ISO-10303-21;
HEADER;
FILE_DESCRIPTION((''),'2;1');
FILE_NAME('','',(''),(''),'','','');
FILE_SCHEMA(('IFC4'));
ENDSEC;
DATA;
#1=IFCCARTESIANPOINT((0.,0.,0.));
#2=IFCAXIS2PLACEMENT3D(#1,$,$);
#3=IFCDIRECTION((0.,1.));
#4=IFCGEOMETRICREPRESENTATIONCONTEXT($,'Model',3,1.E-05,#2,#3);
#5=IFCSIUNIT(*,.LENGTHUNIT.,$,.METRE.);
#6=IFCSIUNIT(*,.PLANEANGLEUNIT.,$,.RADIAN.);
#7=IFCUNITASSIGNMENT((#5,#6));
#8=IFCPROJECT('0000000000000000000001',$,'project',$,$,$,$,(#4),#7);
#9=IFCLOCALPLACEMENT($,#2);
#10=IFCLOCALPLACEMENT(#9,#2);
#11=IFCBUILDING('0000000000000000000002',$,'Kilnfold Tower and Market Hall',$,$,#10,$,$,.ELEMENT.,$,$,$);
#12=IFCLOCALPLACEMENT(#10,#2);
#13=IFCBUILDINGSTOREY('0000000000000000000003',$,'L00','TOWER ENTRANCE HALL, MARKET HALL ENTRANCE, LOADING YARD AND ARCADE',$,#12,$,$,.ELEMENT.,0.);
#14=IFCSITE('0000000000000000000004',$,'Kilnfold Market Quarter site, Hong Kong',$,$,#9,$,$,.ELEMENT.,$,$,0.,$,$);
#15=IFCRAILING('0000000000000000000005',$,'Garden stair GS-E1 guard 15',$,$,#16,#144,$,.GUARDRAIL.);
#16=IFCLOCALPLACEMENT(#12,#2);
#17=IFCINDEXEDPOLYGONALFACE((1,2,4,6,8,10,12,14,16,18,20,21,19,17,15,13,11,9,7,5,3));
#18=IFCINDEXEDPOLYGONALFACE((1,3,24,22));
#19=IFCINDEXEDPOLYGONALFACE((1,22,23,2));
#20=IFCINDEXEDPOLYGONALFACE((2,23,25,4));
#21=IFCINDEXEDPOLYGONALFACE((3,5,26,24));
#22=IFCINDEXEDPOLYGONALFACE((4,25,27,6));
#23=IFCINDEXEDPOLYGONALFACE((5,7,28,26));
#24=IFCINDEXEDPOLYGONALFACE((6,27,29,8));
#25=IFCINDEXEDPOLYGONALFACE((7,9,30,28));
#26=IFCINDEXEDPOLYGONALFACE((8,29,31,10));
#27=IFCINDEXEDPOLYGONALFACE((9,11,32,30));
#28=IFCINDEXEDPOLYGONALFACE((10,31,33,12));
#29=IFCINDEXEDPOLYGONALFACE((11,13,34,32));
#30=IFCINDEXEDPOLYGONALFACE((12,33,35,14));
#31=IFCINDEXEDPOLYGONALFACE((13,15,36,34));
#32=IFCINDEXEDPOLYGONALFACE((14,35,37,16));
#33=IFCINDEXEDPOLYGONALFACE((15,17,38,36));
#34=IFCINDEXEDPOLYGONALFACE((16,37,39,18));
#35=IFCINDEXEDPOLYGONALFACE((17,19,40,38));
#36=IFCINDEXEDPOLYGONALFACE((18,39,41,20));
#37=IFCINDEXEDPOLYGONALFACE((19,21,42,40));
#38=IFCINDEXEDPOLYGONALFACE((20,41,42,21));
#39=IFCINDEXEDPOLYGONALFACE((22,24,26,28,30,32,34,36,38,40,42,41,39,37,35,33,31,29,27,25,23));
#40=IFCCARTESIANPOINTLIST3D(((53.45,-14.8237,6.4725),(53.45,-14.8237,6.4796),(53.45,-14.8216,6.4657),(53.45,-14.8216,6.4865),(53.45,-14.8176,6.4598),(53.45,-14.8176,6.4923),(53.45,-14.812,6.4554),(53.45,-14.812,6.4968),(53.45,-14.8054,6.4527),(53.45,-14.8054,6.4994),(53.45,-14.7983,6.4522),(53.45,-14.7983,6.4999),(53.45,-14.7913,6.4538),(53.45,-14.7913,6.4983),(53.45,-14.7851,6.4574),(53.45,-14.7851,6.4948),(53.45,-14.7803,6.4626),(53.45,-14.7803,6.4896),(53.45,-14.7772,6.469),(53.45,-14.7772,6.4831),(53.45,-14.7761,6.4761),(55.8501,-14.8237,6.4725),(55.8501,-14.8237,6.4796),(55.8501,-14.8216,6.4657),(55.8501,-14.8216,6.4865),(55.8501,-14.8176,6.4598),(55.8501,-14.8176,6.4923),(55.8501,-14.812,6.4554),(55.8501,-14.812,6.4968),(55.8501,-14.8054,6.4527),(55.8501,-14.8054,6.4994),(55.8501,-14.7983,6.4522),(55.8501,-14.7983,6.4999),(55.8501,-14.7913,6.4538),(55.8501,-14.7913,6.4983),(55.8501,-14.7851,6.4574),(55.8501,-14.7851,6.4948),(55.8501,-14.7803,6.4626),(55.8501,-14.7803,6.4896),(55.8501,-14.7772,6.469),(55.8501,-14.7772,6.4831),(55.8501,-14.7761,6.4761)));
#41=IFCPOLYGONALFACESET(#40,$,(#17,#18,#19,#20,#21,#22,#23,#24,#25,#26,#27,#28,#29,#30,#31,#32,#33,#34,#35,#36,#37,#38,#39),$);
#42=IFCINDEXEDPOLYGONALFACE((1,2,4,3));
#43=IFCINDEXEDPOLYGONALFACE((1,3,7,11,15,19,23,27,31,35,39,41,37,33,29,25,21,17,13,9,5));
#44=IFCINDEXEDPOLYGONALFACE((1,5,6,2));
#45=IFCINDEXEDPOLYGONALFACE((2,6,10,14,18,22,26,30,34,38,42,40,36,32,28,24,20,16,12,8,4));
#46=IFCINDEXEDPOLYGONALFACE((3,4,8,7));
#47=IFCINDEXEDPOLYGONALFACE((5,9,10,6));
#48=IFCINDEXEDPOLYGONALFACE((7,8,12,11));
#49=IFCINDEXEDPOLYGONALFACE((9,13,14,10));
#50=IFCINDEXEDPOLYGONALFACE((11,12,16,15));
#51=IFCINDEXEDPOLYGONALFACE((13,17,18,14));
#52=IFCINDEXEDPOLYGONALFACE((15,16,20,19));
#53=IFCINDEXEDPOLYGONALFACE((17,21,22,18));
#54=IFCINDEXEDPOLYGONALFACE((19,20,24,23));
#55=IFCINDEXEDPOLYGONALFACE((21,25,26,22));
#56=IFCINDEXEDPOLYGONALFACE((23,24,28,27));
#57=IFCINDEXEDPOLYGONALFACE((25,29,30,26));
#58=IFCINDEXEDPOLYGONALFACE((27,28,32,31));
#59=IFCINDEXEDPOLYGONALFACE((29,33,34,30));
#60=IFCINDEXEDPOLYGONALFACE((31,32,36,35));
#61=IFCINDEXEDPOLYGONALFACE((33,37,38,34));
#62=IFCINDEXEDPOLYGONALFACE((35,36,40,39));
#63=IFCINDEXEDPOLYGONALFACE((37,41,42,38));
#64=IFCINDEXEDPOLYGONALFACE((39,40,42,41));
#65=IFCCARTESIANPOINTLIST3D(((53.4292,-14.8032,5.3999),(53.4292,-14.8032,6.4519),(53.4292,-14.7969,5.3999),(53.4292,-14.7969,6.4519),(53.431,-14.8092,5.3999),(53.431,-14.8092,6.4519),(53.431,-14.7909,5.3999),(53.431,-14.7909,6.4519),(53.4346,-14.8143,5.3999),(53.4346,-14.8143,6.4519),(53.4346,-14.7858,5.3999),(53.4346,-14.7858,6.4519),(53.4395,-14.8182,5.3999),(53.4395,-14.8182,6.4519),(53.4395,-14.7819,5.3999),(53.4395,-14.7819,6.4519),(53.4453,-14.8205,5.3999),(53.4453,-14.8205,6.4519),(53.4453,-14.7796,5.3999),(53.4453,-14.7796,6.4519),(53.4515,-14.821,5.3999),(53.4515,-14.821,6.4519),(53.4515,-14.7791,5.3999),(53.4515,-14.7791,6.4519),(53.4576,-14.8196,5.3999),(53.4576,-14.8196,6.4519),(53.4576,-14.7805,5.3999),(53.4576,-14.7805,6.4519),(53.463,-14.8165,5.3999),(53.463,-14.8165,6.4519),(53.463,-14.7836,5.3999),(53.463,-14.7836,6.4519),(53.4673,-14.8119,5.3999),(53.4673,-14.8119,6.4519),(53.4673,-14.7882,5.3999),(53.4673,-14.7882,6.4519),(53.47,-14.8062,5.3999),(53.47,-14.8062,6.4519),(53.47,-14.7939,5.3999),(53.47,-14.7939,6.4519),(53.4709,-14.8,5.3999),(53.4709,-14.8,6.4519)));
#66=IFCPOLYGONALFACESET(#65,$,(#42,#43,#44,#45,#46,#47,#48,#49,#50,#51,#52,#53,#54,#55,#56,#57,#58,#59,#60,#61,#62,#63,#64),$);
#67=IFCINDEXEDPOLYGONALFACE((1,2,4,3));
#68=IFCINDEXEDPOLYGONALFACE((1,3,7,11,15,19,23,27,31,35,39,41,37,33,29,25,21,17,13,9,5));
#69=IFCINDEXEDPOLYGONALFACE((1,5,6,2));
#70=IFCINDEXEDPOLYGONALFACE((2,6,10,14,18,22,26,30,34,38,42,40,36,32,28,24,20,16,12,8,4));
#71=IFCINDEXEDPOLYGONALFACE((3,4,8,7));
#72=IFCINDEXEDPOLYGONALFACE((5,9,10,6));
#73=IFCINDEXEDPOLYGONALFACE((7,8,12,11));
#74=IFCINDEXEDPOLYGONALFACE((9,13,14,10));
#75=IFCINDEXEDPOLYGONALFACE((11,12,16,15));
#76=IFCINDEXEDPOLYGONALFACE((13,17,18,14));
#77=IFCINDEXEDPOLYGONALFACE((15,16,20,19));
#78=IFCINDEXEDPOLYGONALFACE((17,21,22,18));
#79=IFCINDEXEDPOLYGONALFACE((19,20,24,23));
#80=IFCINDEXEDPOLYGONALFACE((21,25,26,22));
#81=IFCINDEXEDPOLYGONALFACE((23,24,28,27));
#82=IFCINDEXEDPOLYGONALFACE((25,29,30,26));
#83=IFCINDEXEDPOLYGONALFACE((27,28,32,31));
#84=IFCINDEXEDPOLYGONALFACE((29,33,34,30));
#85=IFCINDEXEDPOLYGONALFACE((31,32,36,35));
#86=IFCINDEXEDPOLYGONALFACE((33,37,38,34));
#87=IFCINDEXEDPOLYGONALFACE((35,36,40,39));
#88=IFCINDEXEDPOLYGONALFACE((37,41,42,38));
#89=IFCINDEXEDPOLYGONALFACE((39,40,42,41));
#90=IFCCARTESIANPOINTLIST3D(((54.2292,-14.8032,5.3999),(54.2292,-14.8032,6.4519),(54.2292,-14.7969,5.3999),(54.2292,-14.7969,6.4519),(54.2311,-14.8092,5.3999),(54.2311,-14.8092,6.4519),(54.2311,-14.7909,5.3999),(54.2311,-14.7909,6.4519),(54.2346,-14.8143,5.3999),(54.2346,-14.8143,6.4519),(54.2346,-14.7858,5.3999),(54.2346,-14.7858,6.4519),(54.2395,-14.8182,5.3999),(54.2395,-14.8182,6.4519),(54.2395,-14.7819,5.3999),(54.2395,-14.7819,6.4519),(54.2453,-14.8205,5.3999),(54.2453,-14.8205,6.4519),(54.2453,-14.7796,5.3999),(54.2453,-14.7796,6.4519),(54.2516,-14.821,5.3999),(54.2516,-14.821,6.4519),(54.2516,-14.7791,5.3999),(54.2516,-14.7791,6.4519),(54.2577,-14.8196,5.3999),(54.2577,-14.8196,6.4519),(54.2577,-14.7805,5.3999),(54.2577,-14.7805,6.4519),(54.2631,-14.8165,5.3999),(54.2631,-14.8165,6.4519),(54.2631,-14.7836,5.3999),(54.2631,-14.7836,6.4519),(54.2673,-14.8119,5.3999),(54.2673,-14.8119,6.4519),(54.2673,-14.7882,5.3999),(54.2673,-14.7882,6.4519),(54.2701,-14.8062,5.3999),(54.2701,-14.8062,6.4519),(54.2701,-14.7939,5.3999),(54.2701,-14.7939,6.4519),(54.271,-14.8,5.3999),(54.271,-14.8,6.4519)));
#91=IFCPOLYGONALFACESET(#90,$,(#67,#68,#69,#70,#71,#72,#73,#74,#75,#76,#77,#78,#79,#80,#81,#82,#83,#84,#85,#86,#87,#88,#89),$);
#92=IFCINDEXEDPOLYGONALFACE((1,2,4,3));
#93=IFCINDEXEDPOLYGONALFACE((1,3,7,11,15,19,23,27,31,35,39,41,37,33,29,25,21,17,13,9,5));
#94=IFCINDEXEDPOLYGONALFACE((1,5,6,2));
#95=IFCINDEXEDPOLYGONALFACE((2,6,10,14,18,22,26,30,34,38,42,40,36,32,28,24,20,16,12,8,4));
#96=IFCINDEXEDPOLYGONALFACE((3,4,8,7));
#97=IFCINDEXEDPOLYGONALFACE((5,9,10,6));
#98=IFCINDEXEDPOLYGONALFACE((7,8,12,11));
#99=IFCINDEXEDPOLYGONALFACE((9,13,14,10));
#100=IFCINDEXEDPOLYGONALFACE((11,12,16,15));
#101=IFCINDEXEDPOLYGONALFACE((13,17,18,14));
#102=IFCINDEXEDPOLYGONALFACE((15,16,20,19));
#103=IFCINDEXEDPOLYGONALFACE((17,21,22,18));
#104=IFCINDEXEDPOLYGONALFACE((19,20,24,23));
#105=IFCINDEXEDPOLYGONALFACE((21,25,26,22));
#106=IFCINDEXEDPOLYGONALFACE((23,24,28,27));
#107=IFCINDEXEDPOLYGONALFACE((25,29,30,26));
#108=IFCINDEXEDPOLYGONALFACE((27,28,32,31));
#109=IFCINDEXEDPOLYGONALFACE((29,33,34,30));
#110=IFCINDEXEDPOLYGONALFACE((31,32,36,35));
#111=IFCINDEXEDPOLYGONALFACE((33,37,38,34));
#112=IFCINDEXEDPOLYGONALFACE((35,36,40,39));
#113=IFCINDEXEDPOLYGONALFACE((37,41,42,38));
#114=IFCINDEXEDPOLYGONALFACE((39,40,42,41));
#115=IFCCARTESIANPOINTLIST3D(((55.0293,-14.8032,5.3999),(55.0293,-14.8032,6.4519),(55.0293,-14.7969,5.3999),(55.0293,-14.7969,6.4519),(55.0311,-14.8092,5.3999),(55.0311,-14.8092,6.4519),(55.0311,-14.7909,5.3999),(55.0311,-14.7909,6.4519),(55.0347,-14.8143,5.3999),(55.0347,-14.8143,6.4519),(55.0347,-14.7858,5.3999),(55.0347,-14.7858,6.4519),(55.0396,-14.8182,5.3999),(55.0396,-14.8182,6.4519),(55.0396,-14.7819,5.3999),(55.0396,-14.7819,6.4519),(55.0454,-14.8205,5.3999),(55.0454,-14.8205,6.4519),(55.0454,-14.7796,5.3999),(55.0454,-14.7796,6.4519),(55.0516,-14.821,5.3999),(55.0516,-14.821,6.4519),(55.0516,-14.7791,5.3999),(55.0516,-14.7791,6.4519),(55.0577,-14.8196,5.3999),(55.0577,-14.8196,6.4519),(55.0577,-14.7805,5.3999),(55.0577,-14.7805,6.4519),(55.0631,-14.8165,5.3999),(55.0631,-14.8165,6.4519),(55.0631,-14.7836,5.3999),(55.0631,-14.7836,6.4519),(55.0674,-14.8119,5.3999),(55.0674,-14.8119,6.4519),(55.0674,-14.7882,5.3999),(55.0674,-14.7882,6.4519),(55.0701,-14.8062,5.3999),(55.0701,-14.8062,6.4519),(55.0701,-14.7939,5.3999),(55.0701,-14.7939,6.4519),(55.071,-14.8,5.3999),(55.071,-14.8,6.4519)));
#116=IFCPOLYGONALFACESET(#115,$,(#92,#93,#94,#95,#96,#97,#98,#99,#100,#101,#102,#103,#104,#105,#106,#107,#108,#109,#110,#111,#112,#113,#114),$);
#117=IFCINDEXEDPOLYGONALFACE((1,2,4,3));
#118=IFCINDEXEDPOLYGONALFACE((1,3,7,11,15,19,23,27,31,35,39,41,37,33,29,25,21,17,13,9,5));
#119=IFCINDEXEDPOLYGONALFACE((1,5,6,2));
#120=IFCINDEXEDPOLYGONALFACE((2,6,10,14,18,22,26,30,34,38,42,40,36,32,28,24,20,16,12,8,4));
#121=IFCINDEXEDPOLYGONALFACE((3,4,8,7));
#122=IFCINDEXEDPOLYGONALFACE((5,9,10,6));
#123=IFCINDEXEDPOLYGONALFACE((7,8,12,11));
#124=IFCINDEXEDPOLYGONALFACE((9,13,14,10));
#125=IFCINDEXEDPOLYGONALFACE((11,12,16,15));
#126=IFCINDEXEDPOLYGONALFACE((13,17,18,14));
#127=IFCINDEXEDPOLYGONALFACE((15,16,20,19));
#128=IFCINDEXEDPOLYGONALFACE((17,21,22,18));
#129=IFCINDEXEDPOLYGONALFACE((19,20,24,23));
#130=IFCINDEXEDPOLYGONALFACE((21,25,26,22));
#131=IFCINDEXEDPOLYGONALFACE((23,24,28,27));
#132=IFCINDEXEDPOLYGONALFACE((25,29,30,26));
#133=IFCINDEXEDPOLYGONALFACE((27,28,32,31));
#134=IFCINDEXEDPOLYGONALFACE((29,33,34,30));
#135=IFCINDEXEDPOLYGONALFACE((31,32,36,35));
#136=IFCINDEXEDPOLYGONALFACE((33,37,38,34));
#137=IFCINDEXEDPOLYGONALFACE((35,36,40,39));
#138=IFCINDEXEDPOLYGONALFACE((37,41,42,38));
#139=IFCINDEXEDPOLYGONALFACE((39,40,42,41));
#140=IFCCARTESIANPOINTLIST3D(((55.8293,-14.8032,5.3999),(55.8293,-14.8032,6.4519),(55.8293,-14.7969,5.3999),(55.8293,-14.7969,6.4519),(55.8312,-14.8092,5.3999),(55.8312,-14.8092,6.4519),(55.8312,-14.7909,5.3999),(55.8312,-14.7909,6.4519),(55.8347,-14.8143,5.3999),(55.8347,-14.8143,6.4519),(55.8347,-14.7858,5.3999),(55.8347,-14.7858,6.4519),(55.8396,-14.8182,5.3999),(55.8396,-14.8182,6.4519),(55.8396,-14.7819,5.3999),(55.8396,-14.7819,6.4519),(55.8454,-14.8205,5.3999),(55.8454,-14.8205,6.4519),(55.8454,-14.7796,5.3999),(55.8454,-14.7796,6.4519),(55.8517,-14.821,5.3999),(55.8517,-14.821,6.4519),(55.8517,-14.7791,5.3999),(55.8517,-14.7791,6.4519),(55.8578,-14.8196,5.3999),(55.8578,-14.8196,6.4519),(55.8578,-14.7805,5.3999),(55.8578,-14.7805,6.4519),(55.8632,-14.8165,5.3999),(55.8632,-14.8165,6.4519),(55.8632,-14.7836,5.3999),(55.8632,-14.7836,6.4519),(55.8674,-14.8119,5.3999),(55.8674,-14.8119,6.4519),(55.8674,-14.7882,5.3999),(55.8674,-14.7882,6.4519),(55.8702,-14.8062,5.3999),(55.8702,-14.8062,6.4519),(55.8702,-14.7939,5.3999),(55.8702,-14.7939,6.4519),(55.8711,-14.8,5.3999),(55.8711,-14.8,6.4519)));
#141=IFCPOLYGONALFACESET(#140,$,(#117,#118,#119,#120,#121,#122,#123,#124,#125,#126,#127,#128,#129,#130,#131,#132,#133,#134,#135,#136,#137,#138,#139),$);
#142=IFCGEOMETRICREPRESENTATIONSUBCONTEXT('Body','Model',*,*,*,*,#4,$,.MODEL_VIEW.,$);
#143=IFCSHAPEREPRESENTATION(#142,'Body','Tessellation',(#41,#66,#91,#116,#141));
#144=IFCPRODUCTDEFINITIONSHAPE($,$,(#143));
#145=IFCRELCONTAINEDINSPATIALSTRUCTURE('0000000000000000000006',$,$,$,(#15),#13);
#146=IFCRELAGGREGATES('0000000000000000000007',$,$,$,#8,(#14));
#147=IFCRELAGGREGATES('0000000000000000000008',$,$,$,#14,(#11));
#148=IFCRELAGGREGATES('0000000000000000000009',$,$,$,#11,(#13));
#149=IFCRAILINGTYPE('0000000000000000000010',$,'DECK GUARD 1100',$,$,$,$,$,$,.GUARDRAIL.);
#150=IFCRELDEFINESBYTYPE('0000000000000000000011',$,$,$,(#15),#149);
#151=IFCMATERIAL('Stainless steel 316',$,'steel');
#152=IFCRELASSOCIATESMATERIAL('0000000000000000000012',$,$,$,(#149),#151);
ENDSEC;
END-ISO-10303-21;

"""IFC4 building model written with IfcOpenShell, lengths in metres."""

from ifc_helpers import new_model, si_unit, direction, frame, origin, origin_2d, place, context, subcontext, project, spatial, circle, extrude, material, type_object, element, save


model = new_model("IFC4")

# Units and contexts
model_context = context("Model", 3, precision=1e-05, world=origin(), true_north=direction((0.0, 1.0)))
body_context = subcontext(model_context, "Body", "Model", "MODEL_VIEW")
ifc_project = project(units=[si_unit("LENGTHUNIT", "METRE"), si_unit("PLANEANGLEUNIT", "RADIAN")], contexts=[model_context])

# Site, building, storey
site_placement = place(None, origin())
site = spatial("IfcSite", under=ifc_project, at=site_placement, Name="Kilnfold Market Quarter site, Hong Kong", CompositionType="ELEMENT", RefElevation=0.0)
building_placement = place(site_placement, origin())
building = spatial("IfcBuilding", under=site, at=building_placement, Name="Kilnfold Tower and Market Hall", CompositionType="ELEMENT")
storey_placement = place(building_placement, origin())
storey = spatial("IfcBuildingStorey", under=building, at=storey_placement, Name="L00", Description="TOWER ENTRANCE HALL, MARKET HALL ENTRANCE, LOADING YARD AND ARCADE", CompositionType="ELEMENT", Elevation=0.0)

# Railing
ifc_material_1 = material(Name="Stainless steel 316", Category="steel")
railing_type = type_object("IfcRailingType", Name="DECK GUARD 1100", PredefinedType="GUARDRAIL", material=ifc_material_1)
railing_1_placement = place(storey_placement, frame((53.45, -14.8, 5.3999)))
element("IfcRailing", 1, at=railing_1_placement, inside=storey, type_object=railing_type, Name="Garden stair GS-E1 guard 15", PredefinedType="GUARDRAIL", context=body_context, shape_type="SweptSolid", body=[
    extrude(circle(Radius=0.0239, at=origin_2d()), frame((0.0, 0.0, 1.0762), z_axis=(1.0, 0.0, 0.0), x_axis=(0.0, 1.0, 0.0)), (0.0, 0.0, 1.0), 2.4001),
    extrude(circle(Radius=0.021, at=origin_2d()), origin(), (0.0, 0.0, 1.0), 1.052),
    extrude(circle(Radius=0.021, at=origin_2d()), frame((0.8, 0.0, 0.0)), (0.0, 0.0, 1.0), 1.052),
    extrude(circle(Radius=0.021, at=origin_2d()), frame((1.6001, 0.0, 0.0)), (0.0, 0.0, 1.0), 1.052),
    extrude(circle(Radius=0.021, at=origin_2d()), frame((2.4001, 0.0, 0.0)), (0.0, 0.0, 1.0), 1.052),
])

save(model, "model.ifc")
